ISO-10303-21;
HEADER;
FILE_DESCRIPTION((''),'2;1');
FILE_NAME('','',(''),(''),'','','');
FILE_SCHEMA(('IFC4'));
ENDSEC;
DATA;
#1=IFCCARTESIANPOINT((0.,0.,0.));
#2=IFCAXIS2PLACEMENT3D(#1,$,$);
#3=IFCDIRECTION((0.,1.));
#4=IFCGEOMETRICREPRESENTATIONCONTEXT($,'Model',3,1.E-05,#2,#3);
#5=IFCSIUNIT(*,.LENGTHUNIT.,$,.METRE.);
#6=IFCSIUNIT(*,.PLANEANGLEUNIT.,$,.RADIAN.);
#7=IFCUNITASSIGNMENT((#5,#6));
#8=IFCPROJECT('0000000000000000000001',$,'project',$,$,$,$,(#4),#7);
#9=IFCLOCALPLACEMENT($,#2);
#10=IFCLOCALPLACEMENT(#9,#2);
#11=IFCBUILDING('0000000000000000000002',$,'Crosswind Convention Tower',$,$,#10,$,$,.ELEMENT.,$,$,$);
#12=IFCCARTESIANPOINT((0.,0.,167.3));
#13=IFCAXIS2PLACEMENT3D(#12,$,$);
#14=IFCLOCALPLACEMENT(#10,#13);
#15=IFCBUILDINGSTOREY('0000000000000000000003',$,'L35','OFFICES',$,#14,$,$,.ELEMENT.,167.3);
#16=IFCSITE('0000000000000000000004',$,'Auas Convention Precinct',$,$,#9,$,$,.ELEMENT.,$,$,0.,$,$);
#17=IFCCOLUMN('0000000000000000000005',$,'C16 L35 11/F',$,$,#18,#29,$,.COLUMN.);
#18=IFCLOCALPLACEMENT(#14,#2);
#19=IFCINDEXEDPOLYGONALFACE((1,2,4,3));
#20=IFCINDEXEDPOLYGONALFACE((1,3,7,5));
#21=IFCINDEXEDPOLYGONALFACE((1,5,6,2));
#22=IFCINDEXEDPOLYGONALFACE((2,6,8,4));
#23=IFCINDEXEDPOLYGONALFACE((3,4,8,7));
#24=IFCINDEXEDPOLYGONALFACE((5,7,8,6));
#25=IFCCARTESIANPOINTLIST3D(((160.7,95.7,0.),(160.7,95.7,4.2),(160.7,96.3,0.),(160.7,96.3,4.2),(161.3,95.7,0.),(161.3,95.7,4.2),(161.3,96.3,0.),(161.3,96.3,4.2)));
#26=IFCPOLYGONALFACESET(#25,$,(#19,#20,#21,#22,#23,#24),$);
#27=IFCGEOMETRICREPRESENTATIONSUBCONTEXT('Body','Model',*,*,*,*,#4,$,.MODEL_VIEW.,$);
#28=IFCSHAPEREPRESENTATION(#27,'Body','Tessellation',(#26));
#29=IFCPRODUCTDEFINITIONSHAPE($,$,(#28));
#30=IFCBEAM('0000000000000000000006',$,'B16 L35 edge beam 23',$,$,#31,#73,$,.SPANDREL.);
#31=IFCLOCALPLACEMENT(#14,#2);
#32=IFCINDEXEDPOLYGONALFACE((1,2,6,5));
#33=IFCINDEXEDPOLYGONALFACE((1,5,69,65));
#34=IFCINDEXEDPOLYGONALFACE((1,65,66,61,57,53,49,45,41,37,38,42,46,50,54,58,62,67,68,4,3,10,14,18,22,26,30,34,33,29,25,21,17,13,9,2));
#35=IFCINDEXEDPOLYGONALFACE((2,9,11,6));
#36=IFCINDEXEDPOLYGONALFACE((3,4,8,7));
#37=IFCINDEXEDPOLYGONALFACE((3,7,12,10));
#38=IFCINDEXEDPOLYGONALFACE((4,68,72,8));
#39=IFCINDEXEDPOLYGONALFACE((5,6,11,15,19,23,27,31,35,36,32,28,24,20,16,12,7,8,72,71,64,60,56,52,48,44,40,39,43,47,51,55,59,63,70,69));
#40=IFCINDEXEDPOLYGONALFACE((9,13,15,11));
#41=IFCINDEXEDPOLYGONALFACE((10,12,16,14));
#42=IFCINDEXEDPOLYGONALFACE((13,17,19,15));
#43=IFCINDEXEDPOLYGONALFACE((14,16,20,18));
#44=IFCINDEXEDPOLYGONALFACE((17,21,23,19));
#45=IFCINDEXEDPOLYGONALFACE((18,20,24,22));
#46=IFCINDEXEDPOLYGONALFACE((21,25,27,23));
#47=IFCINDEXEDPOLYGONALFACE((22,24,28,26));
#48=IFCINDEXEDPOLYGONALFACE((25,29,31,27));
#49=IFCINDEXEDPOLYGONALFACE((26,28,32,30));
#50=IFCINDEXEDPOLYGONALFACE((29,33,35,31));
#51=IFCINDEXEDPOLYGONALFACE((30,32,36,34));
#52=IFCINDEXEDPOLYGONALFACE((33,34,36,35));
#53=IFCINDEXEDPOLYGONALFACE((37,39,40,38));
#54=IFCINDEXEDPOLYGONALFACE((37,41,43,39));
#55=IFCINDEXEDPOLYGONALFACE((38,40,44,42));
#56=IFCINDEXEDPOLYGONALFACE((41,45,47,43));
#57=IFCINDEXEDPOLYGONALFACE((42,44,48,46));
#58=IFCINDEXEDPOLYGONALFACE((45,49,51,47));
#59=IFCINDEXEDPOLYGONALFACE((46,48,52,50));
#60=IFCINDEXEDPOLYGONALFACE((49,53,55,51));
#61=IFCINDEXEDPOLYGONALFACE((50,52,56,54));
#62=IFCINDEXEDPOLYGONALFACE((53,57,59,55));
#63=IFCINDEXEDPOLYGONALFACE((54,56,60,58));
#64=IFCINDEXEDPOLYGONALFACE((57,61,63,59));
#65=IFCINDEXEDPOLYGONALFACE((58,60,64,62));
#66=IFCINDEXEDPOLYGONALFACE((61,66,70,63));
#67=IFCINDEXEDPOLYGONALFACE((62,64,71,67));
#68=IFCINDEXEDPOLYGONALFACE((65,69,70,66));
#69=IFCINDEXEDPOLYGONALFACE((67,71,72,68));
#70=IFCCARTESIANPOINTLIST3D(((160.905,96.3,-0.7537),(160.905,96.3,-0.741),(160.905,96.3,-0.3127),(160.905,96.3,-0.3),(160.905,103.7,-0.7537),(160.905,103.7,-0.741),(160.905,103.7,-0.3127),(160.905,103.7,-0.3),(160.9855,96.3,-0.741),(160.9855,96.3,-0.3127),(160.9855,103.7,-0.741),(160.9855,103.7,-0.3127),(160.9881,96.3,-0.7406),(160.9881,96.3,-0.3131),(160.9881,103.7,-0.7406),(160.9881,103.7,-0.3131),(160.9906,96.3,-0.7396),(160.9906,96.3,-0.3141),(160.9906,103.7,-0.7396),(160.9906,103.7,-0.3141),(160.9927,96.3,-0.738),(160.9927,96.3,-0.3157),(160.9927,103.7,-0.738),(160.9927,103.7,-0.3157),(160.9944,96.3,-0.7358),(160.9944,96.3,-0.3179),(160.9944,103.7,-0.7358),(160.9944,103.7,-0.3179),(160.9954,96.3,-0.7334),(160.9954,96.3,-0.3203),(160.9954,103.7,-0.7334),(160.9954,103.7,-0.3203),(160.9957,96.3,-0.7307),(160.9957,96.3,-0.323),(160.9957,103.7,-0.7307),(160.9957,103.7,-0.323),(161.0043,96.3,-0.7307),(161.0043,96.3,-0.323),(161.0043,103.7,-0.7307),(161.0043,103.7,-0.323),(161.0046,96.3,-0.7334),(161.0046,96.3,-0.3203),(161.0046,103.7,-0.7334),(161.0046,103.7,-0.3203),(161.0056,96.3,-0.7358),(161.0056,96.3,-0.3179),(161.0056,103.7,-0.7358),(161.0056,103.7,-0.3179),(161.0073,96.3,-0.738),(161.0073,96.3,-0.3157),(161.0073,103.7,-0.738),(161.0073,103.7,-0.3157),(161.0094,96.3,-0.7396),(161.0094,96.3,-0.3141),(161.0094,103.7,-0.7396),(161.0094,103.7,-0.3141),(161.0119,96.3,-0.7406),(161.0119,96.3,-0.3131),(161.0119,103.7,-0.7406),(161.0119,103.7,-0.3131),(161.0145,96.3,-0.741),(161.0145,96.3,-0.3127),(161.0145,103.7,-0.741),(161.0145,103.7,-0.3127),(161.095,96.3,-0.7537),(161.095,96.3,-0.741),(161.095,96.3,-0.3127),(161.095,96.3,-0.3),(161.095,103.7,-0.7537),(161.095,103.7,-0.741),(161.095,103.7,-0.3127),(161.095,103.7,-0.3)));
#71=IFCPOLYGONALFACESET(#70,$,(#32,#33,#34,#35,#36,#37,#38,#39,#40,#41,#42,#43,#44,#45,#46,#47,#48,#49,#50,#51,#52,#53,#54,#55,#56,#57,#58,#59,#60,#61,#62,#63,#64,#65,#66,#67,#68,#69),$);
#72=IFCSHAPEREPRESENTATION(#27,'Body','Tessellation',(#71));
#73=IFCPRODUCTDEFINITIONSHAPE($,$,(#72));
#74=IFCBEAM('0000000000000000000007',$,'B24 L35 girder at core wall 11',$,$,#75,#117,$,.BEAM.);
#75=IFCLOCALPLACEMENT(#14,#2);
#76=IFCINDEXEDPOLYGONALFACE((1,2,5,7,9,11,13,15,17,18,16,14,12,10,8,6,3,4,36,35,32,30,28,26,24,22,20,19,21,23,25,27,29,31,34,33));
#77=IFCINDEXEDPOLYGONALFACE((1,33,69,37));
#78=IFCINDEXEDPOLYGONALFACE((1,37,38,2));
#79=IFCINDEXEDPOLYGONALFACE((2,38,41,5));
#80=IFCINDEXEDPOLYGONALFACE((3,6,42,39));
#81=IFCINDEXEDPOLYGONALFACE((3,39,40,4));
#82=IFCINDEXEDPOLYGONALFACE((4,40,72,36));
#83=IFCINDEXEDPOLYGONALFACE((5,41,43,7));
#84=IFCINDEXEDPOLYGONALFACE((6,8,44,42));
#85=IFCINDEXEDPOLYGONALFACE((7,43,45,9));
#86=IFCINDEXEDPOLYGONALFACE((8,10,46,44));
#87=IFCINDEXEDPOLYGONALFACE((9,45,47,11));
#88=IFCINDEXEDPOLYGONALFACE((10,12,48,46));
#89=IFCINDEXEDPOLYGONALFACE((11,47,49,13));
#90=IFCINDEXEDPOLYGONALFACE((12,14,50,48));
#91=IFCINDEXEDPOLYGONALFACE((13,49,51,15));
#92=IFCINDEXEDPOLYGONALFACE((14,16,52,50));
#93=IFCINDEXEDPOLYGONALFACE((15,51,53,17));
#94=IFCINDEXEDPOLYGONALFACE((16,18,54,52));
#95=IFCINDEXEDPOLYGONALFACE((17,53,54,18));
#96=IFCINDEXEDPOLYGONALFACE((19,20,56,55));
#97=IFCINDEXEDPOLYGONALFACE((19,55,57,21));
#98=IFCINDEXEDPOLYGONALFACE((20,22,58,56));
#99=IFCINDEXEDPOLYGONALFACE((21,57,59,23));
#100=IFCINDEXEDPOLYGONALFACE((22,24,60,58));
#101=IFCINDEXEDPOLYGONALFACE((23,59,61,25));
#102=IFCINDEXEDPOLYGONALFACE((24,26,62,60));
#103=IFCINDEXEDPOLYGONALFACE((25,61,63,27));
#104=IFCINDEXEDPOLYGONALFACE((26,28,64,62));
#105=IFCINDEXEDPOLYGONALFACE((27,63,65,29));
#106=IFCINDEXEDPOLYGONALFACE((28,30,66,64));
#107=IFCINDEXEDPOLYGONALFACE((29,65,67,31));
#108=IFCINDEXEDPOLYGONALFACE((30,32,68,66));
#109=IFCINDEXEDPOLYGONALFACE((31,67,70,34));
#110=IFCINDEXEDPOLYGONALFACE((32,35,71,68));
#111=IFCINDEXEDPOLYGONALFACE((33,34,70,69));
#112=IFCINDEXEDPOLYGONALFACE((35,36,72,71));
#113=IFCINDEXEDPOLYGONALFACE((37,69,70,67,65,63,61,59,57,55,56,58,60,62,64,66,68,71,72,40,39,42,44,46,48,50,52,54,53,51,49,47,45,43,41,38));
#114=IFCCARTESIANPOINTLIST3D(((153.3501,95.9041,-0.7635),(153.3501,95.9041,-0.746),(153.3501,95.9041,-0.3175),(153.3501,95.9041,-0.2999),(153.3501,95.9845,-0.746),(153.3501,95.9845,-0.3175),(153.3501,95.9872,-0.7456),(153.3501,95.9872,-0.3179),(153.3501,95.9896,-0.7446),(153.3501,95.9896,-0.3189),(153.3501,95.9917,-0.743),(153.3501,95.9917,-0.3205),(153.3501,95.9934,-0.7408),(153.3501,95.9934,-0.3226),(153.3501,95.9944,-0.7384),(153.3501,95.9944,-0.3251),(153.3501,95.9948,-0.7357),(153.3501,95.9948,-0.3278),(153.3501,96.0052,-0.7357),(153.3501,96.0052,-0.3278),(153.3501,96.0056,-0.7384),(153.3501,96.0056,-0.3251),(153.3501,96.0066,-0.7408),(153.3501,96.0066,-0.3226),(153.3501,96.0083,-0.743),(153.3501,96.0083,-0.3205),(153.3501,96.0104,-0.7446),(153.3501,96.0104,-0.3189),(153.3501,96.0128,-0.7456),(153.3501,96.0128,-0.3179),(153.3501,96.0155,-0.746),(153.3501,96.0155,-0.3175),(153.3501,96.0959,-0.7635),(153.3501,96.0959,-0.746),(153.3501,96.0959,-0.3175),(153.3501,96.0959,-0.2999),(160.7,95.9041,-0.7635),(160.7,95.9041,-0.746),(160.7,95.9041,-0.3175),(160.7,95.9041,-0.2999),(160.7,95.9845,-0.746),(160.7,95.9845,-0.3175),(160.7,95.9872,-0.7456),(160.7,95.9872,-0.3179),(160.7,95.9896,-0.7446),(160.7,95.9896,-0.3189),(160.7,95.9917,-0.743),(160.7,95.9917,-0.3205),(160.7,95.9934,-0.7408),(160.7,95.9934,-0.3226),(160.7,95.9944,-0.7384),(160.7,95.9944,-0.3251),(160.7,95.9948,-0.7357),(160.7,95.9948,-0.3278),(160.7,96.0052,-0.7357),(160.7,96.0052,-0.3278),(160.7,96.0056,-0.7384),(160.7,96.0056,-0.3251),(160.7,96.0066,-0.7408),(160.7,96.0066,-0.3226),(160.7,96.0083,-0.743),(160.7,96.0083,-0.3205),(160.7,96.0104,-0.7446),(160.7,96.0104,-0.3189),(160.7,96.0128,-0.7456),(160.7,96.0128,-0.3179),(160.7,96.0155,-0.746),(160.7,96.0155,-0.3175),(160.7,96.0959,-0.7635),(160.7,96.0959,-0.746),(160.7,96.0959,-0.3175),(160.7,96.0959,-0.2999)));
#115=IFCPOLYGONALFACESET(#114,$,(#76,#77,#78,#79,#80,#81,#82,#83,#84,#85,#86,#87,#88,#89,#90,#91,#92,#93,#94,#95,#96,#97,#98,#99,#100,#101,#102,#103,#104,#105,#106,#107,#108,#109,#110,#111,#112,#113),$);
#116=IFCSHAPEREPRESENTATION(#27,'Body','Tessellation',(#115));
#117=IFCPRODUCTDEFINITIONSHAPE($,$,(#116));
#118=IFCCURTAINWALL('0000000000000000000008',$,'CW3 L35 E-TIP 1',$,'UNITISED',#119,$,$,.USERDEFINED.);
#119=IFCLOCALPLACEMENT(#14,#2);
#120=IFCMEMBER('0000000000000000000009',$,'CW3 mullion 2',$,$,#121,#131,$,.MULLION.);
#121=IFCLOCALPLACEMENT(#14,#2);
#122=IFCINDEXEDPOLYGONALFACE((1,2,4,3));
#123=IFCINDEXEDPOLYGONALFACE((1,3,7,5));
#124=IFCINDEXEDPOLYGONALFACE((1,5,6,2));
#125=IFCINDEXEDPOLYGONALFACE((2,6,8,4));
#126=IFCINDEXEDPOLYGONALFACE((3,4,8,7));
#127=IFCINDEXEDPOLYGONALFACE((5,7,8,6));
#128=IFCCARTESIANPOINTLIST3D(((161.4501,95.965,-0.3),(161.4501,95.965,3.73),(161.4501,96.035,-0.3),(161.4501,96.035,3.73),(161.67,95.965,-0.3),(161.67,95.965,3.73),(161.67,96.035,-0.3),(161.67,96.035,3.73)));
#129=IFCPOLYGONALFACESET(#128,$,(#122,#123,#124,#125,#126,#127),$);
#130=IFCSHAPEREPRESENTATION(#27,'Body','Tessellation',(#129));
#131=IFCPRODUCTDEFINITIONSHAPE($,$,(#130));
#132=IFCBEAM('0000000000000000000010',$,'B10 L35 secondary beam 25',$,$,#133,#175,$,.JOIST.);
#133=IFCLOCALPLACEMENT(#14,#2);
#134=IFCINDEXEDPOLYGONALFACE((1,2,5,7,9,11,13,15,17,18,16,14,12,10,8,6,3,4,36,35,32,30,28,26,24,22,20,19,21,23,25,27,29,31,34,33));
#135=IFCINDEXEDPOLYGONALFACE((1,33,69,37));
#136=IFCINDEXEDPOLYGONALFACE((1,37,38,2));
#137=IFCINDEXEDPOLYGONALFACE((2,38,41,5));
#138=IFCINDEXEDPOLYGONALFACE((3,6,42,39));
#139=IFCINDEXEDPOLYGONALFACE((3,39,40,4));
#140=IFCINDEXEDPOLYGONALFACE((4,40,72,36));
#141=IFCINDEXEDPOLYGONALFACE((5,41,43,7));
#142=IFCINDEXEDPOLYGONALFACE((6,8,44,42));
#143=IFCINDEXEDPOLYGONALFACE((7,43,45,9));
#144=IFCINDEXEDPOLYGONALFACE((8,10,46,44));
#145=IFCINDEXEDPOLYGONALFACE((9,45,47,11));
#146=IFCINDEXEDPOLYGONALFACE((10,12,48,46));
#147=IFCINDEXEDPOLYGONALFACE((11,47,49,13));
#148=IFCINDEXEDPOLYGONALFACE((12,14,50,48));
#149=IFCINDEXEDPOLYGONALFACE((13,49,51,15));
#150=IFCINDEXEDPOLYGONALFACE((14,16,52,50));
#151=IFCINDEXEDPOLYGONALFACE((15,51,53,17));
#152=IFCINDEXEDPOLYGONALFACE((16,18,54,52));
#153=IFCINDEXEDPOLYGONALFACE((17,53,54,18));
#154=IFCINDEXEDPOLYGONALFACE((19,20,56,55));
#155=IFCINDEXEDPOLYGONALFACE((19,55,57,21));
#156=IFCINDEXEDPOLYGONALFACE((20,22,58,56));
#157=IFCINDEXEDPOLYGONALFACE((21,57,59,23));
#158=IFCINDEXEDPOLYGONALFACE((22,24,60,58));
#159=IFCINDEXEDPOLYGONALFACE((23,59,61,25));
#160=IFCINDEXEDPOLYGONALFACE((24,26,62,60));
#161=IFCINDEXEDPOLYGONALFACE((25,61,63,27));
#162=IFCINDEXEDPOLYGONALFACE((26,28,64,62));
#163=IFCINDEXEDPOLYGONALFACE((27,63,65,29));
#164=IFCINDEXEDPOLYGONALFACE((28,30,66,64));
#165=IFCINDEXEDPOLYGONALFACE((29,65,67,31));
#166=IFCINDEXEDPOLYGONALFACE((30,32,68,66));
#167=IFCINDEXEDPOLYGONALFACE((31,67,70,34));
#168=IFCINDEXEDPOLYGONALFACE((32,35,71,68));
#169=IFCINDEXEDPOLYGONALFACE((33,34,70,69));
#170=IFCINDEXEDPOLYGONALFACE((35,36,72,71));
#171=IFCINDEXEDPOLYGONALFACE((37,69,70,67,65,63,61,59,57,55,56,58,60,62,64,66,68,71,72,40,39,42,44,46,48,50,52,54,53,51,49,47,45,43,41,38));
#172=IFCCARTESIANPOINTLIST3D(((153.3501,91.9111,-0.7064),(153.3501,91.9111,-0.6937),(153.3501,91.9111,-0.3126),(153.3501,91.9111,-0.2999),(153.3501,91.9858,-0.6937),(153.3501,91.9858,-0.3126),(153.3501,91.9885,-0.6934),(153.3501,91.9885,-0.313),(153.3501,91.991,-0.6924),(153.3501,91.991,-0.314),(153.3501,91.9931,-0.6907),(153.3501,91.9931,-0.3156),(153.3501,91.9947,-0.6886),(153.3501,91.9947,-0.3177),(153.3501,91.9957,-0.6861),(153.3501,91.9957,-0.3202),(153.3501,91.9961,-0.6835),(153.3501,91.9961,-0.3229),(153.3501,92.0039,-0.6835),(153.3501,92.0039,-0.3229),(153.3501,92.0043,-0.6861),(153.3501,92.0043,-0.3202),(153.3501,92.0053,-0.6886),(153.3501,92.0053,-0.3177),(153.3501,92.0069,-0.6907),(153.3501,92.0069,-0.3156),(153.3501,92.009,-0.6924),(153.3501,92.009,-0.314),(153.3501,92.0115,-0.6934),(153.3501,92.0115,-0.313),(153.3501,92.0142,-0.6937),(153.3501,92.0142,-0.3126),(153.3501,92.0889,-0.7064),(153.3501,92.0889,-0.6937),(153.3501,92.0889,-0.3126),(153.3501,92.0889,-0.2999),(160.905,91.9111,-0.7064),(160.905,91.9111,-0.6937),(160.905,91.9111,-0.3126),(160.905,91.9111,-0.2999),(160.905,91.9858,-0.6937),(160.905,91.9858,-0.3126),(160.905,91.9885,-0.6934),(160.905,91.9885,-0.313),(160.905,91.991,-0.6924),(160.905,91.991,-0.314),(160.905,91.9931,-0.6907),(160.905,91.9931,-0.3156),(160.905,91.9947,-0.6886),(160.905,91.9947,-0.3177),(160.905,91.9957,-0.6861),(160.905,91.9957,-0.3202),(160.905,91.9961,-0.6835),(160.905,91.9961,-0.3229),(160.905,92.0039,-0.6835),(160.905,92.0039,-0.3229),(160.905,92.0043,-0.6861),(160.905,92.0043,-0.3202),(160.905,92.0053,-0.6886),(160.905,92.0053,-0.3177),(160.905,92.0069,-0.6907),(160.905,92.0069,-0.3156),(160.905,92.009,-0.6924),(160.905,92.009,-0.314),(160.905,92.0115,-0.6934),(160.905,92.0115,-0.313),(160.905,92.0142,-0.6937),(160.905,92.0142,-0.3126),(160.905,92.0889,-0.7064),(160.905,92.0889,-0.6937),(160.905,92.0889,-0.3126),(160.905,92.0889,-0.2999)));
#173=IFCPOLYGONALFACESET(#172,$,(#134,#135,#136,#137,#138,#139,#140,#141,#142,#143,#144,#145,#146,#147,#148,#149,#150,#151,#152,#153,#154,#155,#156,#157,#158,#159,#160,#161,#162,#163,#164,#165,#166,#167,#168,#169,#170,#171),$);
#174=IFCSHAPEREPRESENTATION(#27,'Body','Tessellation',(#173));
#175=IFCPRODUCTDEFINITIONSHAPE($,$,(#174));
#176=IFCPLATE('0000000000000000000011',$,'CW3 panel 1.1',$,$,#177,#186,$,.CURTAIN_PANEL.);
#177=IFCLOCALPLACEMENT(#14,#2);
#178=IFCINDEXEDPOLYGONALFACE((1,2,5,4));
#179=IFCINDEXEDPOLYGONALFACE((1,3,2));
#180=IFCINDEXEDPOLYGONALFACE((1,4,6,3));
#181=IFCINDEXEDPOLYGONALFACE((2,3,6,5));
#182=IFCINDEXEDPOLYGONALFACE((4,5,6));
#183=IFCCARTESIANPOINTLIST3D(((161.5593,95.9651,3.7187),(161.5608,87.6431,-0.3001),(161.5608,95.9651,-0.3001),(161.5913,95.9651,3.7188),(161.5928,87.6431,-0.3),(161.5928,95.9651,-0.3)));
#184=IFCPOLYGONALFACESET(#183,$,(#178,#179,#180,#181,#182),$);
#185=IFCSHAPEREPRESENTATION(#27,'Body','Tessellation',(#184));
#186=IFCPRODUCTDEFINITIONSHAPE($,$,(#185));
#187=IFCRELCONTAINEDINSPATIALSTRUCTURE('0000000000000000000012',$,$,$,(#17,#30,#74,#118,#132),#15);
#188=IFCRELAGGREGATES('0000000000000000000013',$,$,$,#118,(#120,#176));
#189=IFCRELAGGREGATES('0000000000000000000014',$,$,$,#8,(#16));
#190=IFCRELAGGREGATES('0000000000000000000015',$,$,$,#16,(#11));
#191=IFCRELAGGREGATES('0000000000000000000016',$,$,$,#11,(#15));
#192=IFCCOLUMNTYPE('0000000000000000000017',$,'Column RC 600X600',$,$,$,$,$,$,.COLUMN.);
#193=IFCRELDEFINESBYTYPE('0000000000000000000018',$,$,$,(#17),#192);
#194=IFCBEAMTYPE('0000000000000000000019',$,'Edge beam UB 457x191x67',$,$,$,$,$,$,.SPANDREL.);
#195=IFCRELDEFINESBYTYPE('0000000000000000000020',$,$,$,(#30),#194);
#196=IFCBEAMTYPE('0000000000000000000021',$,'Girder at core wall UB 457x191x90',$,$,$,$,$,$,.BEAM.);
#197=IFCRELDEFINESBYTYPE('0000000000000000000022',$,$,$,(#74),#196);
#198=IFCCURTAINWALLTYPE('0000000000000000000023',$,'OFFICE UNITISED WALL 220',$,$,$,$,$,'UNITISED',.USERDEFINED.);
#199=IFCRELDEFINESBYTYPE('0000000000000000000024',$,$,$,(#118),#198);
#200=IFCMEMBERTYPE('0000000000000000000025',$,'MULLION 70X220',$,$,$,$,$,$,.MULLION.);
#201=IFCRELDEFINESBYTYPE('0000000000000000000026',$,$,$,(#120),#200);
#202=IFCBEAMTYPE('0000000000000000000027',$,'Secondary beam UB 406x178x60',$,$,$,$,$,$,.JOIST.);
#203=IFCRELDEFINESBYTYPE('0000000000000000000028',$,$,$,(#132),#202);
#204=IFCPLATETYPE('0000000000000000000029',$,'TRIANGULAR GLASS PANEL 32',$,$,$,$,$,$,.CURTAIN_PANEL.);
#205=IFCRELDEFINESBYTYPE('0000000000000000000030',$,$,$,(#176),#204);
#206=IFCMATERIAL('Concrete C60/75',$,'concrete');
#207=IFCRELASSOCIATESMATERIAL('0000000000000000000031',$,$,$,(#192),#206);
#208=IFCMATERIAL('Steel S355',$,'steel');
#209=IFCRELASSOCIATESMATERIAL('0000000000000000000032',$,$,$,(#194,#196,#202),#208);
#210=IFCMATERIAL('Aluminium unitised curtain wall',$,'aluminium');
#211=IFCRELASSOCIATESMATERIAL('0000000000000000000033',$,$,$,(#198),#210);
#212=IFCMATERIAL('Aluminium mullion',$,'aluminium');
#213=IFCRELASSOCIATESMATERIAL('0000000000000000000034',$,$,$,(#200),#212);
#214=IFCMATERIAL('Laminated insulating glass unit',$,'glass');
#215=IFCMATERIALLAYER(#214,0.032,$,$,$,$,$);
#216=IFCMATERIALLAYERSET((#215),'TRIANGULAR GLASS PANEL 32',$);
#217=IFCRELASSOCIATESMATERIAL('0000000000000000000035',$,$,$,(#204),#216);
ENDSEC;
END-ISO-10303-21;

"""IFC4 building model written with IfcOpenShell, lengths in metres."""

from ifc_helpers import new_model, si_unit, direction, frame, origin, origin_2d, place, context, subcontext, project, spatial, polyline, rectangle, i_section, outline, extrude, material, layer, layer_set, material_profile, profile_set, type_object, element, aggregate, save


model = new_model("IFC4")

# Units and contexts
model_context = context("Model", 3, precision=1e-05, world=origin(), true_north=direction((0.0, 1.0)))
body_context = subcontext(model_context, "Body", "Model", "MODEL_VIEW")
ifc_project = project(units=[si_unit("LENGTHUNIT", "METRE"), si_unit("PLANEANGLEUNIT", "RADIAN")], contexts=[model_context])

# Site, building, storey
site_placement = place(None, origin())
site = spatial("IfcSite", under=ifc_project, at=site_placement, Name="Auas Convention Precinct", CompositionType="ELEMENT", RefElevation=0.0)
building_placement = place(site_placement, origin())
building = spatial("IfcBuilding", under=site, at=building_placement, Name="Crosswind Convention Tower", CompositionType="ELEMENT")
storey_placement = place(building_placement, frame((0.0, 0.0, 167.3)))
storey = spatial("IfcBuildingStorey", under=building, at=storey_placement, Name="L35", Description="OFFICES", CompositionType="ELEMENT", Elevation=167.3)

# Column
ifc_material_1 = material(Name="Concrete C60/75", Category="concrete")
ifc_material_profile_1 = material_profile(ifc_material_1, rectangle(XDim=0.6001, YDim=0.6001, at=origin_2d()), Name="RC 600X600")
ifc_profile_set_1 = profile_set([ifc_material_profile_1], Name="Concrete C60/75")
column_type = type_object("IfcColumnType", Name="Column RC 600X600", PredefinedType="COLUMN", material=ifc_profile_set_1)
column_placement = place(storey_placement, frame((161.0, 96.0, 0.0), z_axis=(0.0, 0.0, 1.0), x_axis=(1.0, 0.0, 0.0)))
element("IfcColumn", 1, at=column_placement, inside=storey, type_object=column_type, Name="C16 L35 11/F", PredefinedType="COLUMN", context=body_context, shape_type="SweptSolid", body=[
    extrude(rectangle(XDim=0.6001, YDim=0.6001, at=origin_2d()), origin(), (0.0, 0.0, 1.0), 4.2),
])

# Beams
ifc_material_2 = material(Name="Steel S355", Category="steel")
ifc_material_profile_2 = material_profile(ifc_material_2, i_section(OverallWidth=0.1899, OverallDepth=0.4536, WebThickness=0.0085, FlangeThickness=0.0127, FilletRadius=0.0103, at=origin_2d()), Name="UB 457x191x67")
ifc_profile_set_2 = profile_set([ifc_material_profile_2], Name="Steel S355")
beam_type_1 = type_object("IfcBeamType", Name="Edge beam UB 457x191x67", PredefinedType="SPANDREL", material=ifc_profile_set_2)
beam_1_placement = place(storey_placement, frame((161.0, 96.3, -0.5269), z_axis=(0.0, 1.0, 0.0), x_axis=(-1.0, 0.0, 0.0)))
element("IfcBeam", 2, at=beam_1_placement, inside=storey, type_object=beam_type_1, Name="B16 L35 edge beam 23", PredefinedType="SPANDREL", context=body_context, shape_type="SweptSolid", body=[
    extrude(i_section(OverallWidth=0.1899, OverallDepth=0.4536, WebThickness=0.0085, FlangeThickness=0.0127, FilletRadius=0.0103, at=origin_2d()), origin(), (0.0, 0.0, 1.0), 7.3999),
])
ifc_material_profile_3 = material_profile(ifc_material_2, i_section(OverallWidth=0.1919, OverallDepth=0.4636, WebThickness=0.0105, FlangeThickness=0.0176, FilletRadius=0.0103, at=origin_2d()), Name="UB 457x191x90")
ifc_profile_set_3 = profile_set([ifc_material_profile_3], Name="Steel S355")
beam_type_2 = type_object("IfcBeamType", Name="Girder at core wall UB 457x191x90", PredefinedType="BEAM", material=ifc_profile_set_3)
beam_2_placement = place(storey_placement, frame((153.3501, 96.0, -0.5317), z_axis=(1.0, 0.0, 0.0), x_axis=(0.0, 1.0, 0.0)))
element("IfcBeam", 3, at=beam_2_placement, inside=storey, type_object=beam_type_2, Name="B24 L35 girder at core wall 11", PredefinedType="BEAM", context=body_context, shape_type="SweptSolid", body=[
    extrude(i_section(OverallWidth=0.1919, OverallDepth=0.4636, WebThickness=0.0105, FlangeThickness=0.0176, FilletRadius=0.0103, at=origin_2d()), origin(), (0.0, 0.0, 1.0), 7.3499),
])

# Curtain wall, member
ifc_material_3 = material(Name="Aluminium unitised curtain wall", Category="aluminium")
curtain_wall_type = type_object("IfcCurtainWallType", Name="OFFICE UNITISED WALL 220", ElementType="UNITISED", PredefinedType="USERDEFINED", material=ifc_material_3)
curtain_wall_placement = place(storey_placement, origin())
curtain_wall = element("IfcCurtainWall", 4, at=curtain_wall_placement, inside=storey, type_object=curtain_wall_type, Name="CW3 L35 E-TIP 1", ObjectType="UNITISED", PredefinedType="USERDEFINED")
ifc_material_4 = material(Name="Aluminium mullion", Category="aluminium")
ifc_material_profile_4 = material_profile(ifc_material_4, rectangle(XDim=0.22, YDim=0.0701, at=origin_2d()), Name="AL 220X70")
ifc_profile_set_4 = profile_set([ifc_material_profile_4], Name="Aluminium mullion")
member_type = type_object("IfcMemberType", Name="MULLION 70X220", PredefinedType="MULLION", material=ifc_profile_set_4)
member_placement = place(storey_placement, frame((161.5601, 96.0, -0.3), z_axis=(0.0, 0.0, 1.0), x_axis=(1.0, 0.0, 0.0)))
member = element("IfcMember", 5, at=member_placement, type_object=member_type, Name="CW3 mullion 2", PredefinedType="MULLION", context=body_context, shape_type="SweptSolid", body=[
    extrude(rectangle(XDim=0.22, YDim=0.0701, at=origin_2d()), origin(), (0.0, 0.0, 1.0), 4.03),
])

# Beam
ifc_material_profile_5 = material_profile(ifc_material_2, i_section(OverallWidth=0.1777, OverallDepth=0.4065, WebThickness=0.0078, FlangeThickness=0.0127, FilletRadius=0.0103, at=origin_2d()), Name="UB 406x178x60")
ifc_profile_set_5 = profile_set([ifc_material_profile_5], Name="Steel S355")
beam_type_3 = type_object("IfcBeamType", Name="Secondary beam UB 406x178x60", PredefinedType="JOIST", material=ifc_profile_set_5)
beam_3_placement = place(storey_placement, frame((153.3501, 92.0, -0.5032), z_axis=(1.0, 0.0, 0.0), x_axis=(0.0, 1.0, 0.0)))
element("IfcBeam", 6, at=beam_3_placement, inside=storey, type_object=beam_type_3, Name="B10 L35 secondary beam 25", PredefinedType="JOIST", context=body_context, shape_type="SweptSolid", body=[
    extrude(i_section(OverallWidth=0.1777, OverallDepth=0.4065, WebThickness=0.0078, FlangeThickness=0.0127, FilletRadius=0.0103, at=origin_2d()), origin(), (0.0, 0.0, 1.0), 7.5549),
])

# Plate
ifc_material_5 = material(Name="Laminated insulating glass unit", Category="glass")
ifc_layer_1 = layer(ifc_material_5, 0.032)
ifc_layer_set_1 = layer_set([ifc_layer_1], Name="TRIANGULAR GLASS PANEL 32")
plate_type = type_object("IfcPlateType", Name="TRIANGULAR GLASS PANEL 32", PredefinedType="CURTAIN_PANEL", material=ifc_layer_set_1)
plate_1_placement = place(storey_placement, frame((161.5928, 95.9651, -0.3), z_axis=(1.0, 0.0, 0.000364), x_axis=(-0.000364, 0.0, 1.0)))
plate_1 = element("IfcPlate", 7, at=plate_1_placement, type_object=plate_type, Name="CW3 panel 1.1", PredefinedType="CURTAIN_PANEL", context=body_context, shape_type="SweptSolid", body=[
    extrude(outline(polyline([(0.0, 0.0), (4.0188, 0.0), (0.0, 8.322), (0.0, 0.0)])), origin(), (0.0, 0.0, -1.0), 0.032),
])
aggregate(curtain_wall, [member, plate_1])

save(model, "model.ifc")
